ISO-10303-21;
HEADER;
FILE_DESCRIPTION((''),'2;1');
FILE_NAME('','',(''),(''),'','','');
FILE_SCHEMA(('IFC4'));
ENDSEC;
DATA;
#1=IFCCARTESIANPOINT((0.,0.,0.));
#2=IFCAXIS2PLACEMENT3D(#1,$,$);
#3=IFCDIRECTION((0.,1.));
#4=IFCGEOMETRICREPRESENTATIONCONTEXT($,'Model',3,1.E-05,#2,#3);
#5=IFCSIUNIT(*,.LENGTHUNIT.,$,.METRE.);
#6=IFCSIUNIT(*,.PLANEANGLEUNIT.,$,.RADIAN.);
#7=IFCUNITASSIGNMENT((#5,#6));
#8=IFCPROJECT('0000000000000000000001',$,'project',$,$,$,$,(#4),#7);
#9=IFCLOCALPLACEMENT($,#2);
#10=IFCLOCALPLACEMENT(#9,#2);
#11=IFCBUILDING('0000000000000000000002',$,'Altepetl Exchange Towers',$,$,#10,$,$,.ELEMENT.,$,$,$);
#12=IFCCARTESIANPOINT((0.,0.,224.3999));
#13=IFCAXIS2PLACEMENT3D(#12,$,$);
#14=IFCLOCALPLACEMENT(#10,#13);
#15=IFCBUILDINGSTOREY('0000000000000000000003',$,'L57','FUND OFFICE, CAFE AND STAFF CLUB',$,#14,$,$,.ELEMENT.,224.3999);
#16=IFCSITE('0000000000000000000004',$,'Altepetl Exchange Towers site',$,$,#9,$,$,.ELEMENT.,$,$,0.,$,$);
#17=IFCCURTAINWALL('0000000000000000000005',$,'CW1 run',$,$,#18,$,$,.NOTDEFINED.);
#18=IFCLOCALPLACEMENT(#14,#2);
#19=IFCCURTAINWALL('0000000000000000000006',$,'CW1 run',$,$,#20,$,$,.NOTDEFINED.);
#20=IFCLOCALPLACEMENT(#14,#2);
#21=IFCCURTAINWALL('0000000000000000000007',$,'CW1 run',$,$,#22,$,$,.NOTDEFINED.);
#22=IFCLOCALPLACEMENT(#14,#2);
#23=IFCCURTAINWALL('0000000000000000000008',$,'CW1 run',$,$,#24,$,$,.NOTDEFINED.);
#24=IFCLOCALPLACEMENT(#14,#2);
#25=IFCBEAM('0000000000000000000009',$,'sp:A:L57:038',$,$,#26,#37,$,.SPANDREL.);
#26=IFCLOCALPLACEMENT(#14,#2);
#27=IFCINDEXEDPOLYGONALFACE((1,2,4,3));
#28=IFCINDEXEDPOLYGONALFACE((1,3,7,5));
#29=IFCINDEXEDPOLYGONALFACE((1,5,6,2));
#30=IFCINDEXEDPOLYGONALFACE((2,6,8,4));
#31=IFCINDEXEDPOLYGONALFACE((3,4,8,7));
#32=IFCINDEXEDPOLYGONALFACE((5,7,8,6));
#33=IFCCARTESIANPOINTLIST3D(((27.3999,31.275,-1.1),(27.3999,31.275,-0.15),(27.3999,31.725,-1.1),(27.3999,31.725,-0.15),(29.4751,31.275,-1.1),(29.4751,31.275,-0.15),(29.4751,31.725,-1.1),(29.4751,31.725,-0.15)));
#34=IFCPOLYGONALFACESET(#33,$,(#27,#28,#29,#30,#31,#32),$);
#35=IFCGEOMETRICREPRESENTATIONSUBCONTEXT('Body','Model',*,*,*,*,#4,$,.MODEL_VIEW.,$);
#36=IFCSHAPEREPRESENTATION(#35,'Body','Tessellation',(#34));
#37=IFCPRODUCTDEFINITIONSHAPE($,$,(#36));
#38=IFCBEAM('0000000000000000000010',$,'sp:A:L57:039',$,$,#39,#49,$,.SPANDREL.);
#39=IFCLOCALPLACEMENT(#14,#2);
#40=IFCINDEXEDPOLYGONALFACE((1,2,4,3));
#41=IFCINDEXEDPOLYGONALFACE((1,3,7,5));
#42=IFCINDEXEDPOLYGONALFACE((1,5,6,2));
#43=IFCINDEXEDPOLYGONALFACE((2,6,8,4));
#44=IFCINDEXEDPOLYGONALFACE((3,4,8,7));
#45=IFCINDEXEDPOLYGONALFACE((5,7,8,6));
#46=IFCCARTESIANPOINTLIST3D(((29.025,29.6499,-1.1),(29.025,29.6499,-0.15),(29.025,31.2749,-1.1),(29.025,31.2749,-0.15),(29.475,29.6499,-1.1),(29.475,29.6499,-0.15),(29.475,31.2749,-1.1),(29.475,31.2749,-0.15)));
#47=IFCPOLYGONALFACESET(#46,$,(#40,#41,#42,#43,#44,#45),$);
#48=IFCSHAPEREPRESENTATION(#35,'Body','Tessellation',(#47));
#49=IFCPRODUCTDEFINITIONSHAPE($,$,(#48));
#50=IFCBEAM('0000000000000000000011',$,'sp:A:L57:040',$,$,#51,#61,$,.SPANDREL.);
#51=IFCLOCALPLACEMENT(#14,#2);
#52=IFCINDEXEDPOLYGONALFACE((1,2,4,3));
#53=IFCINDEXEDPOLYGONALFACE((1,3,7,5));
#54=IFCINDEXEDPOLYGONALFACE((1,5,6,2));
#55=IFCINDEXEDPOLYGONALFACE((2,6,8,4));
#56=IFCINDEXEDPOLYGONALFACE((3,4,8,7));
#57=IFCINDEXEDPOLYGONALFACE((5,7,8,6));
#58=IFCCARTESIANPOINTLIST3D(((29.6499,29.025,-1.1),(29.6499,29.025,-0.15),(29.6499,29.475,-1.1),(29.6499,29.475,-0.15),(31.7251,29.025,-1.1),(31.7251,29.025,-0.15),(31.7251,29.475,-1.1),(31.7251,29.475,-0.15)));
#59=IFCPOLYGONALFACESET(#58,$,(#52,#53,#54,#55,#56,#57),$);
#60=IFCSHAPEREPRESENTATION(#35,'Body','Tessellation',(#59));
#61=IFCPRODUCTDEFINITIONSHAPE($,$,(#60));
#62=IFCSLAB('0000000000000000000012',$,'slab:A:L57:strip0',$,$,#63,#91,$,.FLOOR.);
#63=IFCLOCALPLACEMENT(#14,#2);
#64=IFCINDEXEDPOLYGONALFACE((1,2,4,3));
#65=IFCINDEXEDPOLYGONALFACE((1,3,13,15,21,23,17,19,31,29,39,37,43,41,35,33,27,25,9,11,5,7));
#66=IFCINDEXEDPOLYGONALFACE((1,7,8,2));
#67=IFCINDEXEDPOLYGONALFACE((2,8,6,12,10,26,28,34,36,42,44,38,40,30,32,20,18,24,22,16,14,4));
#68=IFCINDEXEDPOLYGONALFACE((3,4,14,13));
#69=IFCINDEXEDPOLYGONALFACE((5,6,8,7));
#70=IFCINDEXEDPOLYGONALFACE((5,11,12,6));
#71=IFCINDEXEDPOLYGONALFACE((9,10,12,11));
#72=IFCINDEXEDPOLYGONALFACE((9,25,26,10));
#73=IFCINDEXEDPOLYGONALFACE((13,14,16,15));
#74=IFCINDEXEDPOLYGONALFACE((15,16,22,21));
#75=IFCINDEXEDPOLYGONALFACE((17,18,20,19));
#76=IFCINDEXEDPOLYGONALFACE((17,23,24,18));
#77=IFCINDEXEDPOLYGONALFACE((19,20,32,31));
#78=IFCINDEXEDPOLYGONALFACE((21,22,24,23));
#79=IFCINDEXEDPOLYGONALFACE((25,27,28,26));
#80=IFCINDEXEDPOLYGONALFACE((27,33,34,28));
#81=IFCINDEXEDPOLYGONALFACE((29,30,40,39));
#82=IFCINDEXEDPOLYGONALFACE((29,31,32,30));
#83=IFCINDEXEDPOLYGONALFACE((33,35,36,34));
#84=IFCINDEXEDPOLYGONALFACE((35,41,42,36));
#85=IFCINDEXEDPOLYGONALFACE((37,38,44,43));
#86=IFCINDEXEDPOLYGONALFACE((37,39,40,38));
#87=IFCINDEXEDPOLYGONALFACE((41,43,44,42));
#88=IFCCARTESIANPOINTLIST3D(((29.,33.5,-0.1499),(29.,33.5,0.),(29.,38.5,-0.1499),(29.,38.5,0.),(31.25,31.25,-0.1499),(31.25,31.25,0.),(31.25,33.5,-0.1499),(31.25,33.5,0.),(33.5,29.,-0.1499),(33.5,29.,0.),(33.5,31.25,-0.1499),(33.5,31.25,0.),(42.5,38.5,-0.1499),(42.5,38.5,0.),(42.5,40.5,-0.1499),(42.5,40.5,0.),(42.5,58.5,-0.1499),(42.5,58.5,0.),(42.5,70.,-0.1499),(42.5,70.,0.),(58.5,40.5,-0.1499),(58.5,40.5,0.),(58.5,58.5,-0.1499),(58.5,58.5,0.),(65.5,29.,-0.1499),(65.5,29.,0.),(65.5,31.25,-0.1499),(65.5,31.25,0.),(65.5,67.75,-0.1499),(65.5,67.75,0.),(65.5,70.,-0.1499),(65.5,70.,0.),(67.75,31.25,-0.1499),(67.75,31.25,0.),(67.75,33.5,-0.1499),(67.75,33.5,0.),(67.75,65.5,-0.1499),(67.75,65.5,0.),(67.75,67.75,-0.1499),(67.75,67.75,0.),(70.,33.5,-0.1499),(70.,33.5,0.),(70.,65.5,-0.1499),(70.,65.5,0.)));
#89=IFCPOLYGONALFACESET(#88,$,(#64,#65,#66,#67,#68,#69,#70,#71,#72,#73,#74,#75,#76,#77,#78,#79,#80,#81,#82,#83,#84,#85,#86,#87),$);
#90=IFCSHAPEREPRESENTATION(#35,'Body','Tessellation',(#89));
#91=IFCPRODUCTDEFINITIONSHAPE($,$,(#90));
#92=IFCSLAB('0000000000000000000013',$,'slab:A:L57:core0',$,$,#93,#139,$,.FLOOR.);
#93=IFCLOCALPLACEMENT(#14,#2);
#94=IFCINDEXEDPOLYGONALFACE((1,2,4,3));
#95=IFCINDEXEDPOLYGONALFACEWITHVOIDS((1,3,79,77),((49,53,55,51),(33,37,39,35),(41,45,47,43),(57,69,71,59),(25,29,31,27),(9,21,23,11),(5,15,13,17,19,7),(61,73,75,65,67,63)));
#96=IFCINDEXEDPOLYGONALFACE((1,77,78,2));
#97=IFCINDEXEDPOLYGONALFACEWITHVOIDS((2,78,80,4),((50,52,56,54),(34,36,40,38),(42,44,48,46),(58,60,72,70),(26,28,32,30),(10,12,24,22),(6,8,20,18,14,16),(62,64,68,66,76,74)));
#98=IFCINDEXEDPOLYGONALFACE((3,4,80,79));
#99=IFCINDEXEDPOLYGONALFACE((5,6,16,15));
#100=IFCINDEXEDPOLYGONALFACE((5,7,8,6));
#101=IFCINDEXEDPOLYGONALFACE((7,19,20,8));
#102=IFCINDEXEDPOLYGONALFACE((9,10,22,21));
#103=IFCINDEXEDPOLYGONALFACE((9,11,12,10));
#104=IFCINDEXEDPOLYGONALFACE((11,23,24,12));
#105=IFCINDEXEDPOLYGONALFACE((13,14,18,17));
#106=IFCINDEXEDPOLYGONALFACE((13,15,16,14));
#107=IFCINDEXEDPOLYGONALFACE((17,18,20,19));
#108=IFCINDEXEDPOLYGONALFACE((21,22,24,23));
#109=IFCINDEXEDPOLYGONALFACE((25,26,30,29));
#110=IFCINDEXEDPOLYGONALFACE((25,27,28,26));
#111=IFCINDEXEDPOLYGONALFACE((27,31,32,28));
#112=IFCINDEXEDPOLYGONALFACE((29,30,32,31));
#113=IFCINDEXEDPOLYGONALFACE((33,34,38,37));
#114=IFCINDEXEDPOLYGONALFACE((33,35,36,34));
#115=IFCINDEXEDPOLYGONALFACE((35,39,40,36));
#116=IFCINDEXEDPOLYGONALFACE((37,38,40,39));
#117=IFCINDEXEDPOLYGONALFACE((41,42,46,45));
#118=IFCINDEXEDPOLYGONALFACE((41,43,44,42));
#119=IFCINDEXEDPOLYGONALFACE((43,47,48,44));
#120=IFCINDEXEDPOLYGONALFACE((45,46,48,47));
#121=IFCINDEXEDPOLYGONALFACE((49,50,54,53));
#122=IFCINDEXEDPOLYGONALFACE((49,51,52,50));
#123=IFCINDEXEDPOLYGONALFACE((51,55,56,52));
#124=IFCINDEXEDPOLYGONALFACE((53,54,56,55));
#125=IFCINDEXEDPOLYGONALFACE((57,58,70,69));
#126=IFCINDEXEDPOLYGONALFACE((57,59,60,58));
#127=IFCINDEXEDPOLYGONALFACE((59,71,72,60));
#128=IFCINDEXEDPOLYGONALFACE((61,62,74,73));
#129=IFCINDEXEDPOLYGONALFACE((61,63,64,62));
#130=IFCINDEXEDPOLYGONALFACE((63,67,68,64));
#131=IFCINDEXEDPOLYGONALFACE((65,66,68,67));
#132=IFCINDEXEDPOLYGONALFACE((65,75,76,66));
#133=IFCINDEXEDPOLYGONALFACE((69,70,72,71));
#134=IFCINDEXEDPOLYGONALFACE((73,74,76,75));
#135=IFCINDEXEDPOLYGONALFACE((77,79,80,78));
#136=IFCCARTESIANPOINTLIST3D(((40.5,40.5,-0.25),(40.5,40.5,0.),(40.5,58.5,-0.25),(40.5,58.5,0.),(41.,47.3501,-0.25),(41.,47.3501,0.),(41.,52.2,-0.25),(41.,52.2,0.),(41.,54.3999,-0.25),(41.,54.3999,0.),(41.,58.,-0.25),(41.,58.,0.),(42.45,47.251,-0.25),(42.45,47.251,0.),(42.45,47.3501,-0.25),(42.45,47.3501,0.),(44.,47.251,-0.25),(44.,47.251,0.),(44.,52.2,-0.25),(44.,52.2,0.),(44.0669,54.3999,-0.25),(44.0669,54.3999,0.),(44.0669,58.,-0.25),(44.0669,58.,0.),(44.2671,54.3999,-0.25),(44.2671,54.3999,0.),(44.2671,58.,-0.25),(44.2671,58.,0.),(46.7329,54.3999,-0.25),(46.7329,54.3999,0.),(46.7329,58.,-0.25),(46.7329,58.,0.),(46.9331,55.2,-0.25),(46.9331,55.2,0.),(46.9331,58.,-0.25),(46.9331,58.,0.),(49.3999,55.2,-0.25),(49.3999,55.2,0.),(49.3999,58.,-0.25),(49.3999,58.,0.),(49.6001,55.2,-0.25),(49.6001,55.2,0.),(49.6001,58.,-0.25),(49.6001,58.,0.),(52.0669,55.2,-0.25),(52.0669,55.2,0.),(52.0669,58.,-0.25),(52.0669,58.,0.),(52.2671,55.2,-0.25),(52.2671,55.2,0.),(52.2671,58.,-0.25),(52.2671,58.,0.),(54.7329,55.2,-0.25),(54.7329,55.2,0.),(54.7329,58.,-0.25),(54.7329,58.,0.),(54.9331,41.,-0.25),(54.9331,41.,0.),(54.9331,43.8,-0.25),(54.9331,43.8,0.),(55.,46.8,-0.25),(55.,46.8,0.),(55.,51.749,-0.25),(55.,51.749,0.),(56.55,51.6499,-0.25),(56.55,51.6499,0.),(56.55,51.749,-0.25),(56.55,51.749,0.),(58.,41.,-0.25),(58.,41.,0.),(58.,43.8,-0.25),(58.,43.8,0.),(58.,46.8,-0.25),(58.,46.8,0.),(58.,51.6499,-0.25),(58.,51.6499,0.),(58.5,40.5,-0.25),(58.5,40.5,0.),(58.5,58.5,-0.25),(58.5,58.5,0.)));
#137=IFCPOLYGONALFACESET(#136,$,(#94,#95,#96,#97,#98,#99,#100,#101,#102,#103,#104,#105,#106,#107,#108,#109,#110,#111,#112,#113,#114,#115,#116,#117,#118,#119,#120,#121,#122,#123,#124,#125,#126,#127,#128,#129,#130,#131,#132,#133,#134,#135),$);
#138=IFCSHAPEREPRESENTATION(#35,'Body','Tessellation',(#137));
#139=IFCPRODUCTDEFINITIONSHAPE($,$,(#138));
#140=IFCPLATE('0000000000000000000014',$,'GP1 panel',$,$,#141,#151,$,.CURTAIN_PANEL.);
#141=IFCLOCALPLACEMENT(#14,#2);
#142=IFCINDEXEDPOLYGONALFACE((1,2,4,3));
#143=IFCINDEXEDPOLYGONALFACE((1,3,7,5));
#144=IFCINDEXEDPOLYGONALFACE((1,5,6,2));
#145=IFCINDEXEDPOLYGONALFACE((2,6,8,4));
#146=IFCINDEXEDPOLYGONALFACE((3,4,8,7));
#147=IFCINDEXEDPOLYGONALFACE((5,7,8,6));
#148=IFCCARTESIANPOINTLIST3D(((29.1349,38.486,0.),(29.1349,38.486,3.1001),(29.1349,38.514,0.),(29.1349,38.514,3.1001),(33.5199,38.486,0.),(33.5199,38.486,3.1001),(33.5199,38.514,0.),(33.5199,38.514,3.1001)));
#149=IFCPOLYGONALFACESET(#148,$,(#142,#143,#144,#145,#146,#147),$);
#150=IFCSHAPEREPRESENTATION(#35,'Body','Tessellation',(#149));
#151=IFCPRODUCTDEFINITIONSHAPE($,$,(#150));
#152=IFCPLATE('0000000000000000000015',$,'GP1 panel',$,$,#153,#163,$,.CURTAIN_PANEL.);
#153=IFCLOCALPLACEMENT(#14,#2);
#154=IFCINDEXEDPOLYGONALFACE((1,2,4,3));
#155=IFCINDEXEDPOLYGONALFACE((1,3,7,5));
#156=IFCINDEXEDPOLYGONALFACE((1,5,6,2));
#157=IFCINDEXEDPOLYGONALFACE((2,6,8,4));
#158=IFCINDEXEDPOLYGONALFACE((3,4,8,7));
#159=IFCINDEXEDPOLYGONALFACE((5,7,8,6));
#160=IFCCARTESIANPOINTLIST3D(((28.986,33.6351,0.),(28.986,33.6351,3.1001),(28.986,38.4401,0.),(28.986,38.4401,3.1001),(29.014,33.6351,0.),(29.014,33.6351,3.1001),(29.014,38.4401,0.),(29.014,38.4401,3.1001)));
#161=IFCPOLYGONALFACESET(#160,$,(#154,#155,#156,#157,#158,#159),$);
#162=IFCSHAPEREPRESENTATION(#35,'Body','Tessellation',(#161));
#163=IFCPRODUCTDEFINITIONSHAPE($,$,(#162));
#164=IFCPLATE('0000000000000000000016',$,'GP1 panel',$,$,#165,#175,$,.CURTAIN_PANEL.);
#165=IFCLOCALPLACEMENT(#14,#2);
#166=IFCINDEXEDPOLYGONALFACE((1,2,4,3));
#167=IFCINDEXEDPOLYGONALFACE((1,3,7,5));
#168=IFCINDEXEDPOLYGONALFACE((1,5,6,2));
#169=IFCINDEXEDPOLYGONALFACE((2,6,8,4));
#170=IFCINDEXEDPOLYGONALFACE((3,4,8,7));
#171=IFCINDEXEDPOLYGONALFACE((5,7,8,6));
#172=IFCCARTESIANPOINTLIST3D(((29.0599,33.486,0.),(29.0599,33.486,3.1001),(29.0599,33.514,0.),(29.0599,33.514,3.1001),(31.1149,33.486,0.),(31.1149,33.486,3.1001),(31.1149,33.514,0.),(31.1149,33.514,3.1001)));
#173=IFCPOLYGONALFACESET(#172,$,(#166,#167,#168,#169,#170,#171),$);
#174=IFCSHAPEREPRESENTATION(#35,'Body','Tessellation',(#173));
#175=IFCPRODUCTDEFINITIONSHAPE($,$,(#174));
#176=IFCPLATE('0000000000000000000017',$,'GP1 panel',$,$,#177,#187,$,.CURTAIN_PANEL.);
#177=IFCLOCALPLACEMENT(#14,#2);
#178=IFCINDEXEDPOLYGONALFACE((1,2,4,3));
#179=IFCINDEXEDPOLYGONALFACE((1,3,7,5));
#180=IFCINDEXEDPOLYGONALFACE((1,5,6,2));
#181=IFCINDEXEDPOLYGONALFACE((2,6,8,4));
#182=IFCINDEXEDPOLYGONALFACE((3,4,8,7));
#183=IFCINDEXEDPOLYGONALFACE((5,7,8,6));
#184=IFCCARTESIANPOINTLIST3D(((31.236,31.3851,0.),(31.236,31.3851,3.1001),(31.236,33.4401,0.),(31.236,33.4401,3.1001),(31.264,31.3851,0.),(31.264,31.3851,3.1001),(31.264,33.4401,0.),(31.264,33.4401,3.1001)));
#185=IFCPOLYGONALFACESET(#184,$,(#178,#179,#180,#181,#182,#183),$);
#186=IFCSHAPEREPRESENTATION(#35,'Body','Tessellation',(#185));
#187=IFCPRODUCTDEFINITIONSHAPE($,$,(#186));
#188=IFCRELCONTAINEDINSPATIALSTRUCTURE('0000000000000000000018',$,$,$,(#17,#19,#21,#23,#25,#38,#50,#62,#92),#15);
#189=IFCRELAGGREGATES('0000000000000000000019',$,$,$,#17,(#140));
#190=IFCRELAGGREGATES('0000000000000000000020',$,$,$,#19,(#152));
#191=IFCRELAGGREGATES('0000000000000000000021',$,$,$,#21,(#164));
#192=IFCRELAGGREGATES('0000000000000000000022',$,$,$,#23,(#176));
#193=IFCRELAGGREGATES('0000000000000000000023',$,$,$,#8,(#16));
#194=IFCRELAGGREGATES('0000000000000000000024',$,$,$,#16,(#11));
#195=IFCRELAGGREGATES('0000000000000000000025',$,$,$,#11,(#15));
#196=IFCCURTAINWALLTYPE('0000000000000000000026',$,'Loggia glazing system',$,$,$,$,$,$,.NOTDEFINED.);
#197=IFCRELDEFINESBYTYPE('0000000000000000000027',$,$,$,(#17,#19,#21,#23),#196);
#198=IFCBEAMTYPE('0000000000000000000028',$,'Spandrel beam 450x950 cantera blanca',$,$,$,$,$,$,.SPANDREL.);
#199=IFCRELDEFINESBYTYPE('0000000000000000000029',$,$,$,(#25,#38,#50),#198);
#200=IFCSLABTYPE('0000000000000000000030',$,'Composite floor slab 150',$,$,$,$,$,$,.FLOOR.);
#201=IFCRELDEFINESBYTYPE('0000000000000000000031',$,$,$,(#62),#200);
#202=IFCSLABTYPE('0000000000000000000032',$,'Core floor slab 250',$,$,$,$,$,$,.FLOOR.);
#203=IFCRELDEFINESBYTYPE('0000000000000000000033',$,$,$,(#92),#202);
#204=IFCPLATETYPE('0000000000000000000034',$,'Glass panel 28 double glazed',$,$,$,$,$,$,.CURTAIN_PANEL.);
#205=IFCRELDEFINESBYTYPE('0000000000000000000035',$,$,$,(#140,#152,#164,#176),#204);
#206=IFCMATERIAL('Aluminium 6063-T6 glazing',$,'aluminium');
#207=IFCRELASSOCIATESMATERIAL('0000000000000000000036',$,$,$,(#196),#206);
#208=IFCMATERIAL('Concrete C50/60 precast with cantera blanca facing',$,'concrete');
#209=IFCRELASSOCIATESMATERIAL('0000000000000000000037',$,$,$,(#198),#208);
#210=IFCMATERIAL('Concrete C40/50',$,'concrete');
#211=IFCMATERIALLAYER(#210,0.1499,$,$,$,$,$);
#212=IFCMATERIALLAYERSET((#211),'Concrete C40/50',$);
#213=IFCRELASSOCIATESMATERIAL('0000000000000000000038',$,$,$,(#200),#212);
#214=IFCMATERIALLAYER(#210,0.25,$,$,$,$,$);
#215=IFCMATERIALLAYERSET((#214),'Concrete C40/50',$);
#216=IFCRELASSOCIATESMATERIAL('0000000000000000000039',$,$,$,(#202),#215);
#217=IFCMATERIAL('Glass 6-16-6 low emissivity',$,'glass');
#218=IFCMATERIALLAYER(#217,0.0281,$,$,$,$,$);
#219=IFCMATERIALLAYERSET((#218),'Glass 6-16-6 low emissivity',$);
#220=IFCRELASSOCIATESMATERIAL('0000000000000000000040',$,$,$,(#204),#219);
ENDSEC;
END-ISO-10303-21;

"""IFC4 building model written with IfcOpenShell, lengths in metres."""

from ifc_helpers import new_model, si_unit, direction, frame, origin, origin_2d, place, context, subcontext, project, spatial, polyline, rectangle, outline, extrude, material, layer, layer_set, material_profile, profile_set, type_object, element, aggregate, save


model = new_model("IFC4")

# Units and contexts
model_context = context("Model", 3, precision=1e-05, world=origin(), true_north=direction((0.0, 1.0)))
body_context = subcontext(model_context, "Body", "Model", "MODEL_VIEW")
ifc_project = project(units=[si_unit("LENGTHUNIT", "METRE"), si_unit("PLANEANGLEUNIT", "RADIAN")], contexts=[model_context])

# Site, building, storey
site_placement = place(None, origin())
site = spatial("IfcSite", under=ifc_project, at=site_placement, Name="Altepetl Exchange Towers site", CompositionType="ELEMENT", RefElevation=0.0)
building_placement = place(site_placement, origin())
building = spatial("IfcBuilding", under=site, at=building_placement, Name="Altepetl Exchange Towers", CompositionType="ELEMENT")
storey_placement = place(building_placement, frame((0.0, 0.0, 224.3999)))
storey = spatial("IfcBuildingStorey", under=building, at=storey_placement, Name="L57", Description="FUND OFFICE, CAFE AND STAFF CLUB", CompositionType="ELEMENT", Elevation=224.3999)

# Curtain wall
ifc_material_1 = material(Name="Aluminium 6063-T6 glazing", Category="aluminium")
curtain_wall_type = type_object("IfcCurtainWallType", Name="Loggia glazing system", PredefinedType="NOTDEFINED", material=ifc_material_1)
curtain_wall_1_placement = place(storey_placement, origin())
curtain_wall_1 = element("IfcCurtainWall", 1, at=curtain_wall_1_placement, inside=storey, type_object=curtain_wall_type, Name="CW1 run", PredefinedType="NOTDEFINED")

# Curtain walls
curtain_wall_2_placement = place(storey_placement, origin())
curtain_wall_2 = element("IfcCurtainWall", 2, at=curtain_wall_2_placement, inside=storey, type_object=curtain_wall_type, Name="CW1 run", PredefinedType="NOTDEFINED")
curtain_wall_3_placement = place(storey_placement, origin())
curtain_wall_3 = element("IfcCurtainWall", 3, at=curtain_wall_3_placement, inside=storey, type_object=curtain_wall_type, Name="CW1 run", PredefinedType="NOTDEFINED")
curtain_wall_4_placement = place(storey_placement, origin())
curtain_wall_4 = element("IfcCurtainWall", 4, at=curtain_wall_4_placement, inside=storey, type_object=curtain_wall_type, Name="CW1 run", PredefinedType="NOTDEFINED")

# Beams
ifc_material_2 = material(Name="Concrete C50/60 precast with cantera blanca facing", Category="concrete")
ifc_material_profile_1 = material_profile(ifc_material_2, rectangle(XDim=0.45, YDim=0.95, at=origin_2d()), Name="450 x 950")
ifc_profile_set_1 = profile_set([ifc_material_profile_1], Name="Concrete C50/60 precast with cantera blanca facing")
beam_type = type_object("IfcBeamType", Name="Spandrel beam 450x950 cantera blanca", PredefinedType="SPANDREL", material=ifc_profile_set_1)
beam_1_placement = place(storey_placement, frame((27.3999, 31.5, -0.625), z_axis=(1.0, 0.0, 0.0), x_axis=(0.0, 1.0, 0.0)))
element("IfcBeam", 5, at=beam_1_placement, inside=storey, type_object=beam_type, Name="sp:A:L57:038", PredefinedType="SPANDREL", context=body_context, shape_type="SweptSolid", body=[
    extrude(rectangle(XDim=0.45, YDim=0.95, at=origin_2d()), origin(), (0.0, 0.0, 1.0), 2.0752),
])
beam_2_placement = place(storey_placement, frame((29.25, 31.2749, -0.625), z_axis=(0.0, -1.0, 0.0), x_axis=(1.0, 0.0, 0.0)))
element("IfcBeam", 6, at=beam_2_placement, inside=storey, type_object=beam_type, Name="sp:A:L57:039", PredefinedType="SPANDREL", context=body_context, shape_type="SweptSolid", body=[
    extrude(rectangle(XDim=0.45, YDim=0.95, at=origin_2d()), origin(), (0.0, 0.0, 1.0), 1.625),
])
beam_3_placement = place(storey_placement, frame((29.6499, 29.25, -0.625), z_axis=(1.0, 0.0, 0.0), x_axis=(0.0, 1.0, 0.0)))
element("IfcBeam", 7, at=beam_3_placement, inside=storey, type_object=beam_type, Name="sp:A:L57:040", PredefinedType="SPANDREL", context=body_context, shape_type="SweptSolid", body=[
    extrude(rectangle(XDim=0.45, YDim=0.95, at=origin_2d()), origin(), (0.0, 0.0, 1.0), 2.0752),
])

# Slabs
ifc_material_3 = material(Name="Concrete C40/50", Category="concrete")
ifc_layer_1 = layer(ifc_material_3, 0.1499)
ifc_layer_set_1 = layer_set([ifc_layer_1], Name="Concrete C40/50")
slab_type_1 = type_object("IfcSlabType", Name="Composite floor slab 150", PredefinedType="FLOOR", material=ifc_layer_set_1)
slab_1_placement = place(storey_placement, frame((0.0, 0.0, -0.1499)))
element("IfcSlab", 8, at=slab_1_placement, inside=storey, type_object=slab_type_1, Name="slab:A:L57:strip0", PredefinedType="FLOOR", context=body_context, shape_type="SweptSolid", body=[
    extrude(outline(polyline([(42.5, 70.0), (42.5, 58.5), (58.5, 58.5), (58.5, 40.5), (42.5, 40.5), (42.5, 38.5), (29.0, 38.5), (29.0, 33.5), (31.25, 33.5), (31.25, 31.25), (33.5, 31.25), (33.5, 29.0), (65.5, 29.0), (65.5, 31.25), (67.75, 31.25), (67.75, 33.5), (70.0, 33.5), (70.0, 65.5), (67.75, 65.5), (67.75, 67.75), (65.5, 67.75), (65.5, 70.0), (42.5, 70.0)])), origin(), (0.0, 0.0, 1.0), 0.1499),
])
ifc_layer_2 = layer(ifc_material_3, 0.25)
ifc_layer_set_2 = layer_set([ifc_layer_2], Name="Concrete C40/50")
slab_type_2 = type_object("IfcSlabType", Name="Core floor slab 250", PredefinedType="FLOOR", material=ifc_layer_set_2)
slab_2_placement = place(storey_placement, frame((0.0, 0.0, -0.25)))
element("IfcSlab", 9, at=slab_2_placement, inside=storey, type_object=slab_type_2, Name="slab:A:L57:core0", PredefinedType="FLOOR", context=body_context, shape_type="SweptSolid", body=[
    extrude(outline(polyline([(40.5, 40.5), (58.5, 40.5), (58.5, 58.5), (40.5, 58.5), (40.5, 40.5)]), holes=[polyline([(54.9331, 43.8), (58.0, 43.8), (58.0, 41.0), (54.9331, 41.0), (54.9331, 43.8)]), polyline([(55.0, 51.749), (56.55, 51.749), (56.55, 51.6499), (58.0, 51.6499), (58.0, 46.8), (55.0, 46.8), (55.0, 51.749)]), polyline([(44.0, 47.251), (42.45, 47.251), (42.45, 47.3501), (41.0, 47.3501), (41.0, 52.2), (44.0, 52.2), (44.0, 47.251)]), polyline([(41.0, 58.0), (44.0669, 58.0), (44.0669, 54.3999), (41.0, 54.3999), (41.0, 58.0)]), polyline([(44.2671, 58.0), (46.7329, 58.0), (46.7329, 54.3999), (44.2671, 54.3999), (44.2671, 58.0)]), polyline([(46.9331, 58.0), (49.3999, 58.0), (49.3999, 55.2), (46.9331, 55.2), (46.9331, 58.0)]), polyline([(49.6001, 58.0), (52.0669, 58.0), (52.0669, 55.2), (49.6001, 55.2), (49.6001, 58.0)]), polyline([(52.2671, 58.0), (54.7329, 58.0), (54.7329, 55.2), (52.2671, 55.2), (52.2671, 58.0)])]), origin(), (0.0, 0.0, 1.0), 0.25),
])

# Plates
ifc_material_4 = material(Name="Glass 6-16-6 low emissivity", Category="glass")
ifc_layer_3 = layer(ifc_material_4, 0.0281)
ifc_layer_set_3 = layer_set([ifc_layer_3], Name="Glass 6-16-6 low emissivity")
plate_type = type_object("IfcPlateType", Name="Glass panel 28 double glazed", PredefinedType="CURTAIN_PANEL", material=ifc_layer_set_3)
plate_1_placement = place(storey_placement, frame((31.3274, 38.5, 0.0), z_axis=(0.0, 0.0, 1.0), x_axis=(-1.0, 0.0, 0.0)))
plate_1 = element("IfcPlate", 10, at=plate_1_placement, type_object=plate_type, Name="GP1 panel", PredefinedType="CURTAIN_PANEL", context=body_context, shape_type="SweptSolid", body=[
    extrude(rectangle(XDim=4.385, YDim=0.0281, at=origin_2d()), origin(), (0.0, 0.0, 1.0), 3.1001),
])
aggregate(curtain_wall_1, [plate_1])
plate_2_placement = place(storey_placement, frame((29.0, 36.0376, 0.0), z_axis=(0.0, 0.0, 1.0), x_axis=(0.0, -1.0, 0.0)))
plate_2 = element("IfcPlate", 11, at=plate_2_placement, type_object=plate_type, Name="GP1 panel", PredefinedType="CURTAIN_PANEL", context=body_context, shape_type="SweptSolid", body=[
    extrude(rectangle(XDim=4.8049, YDim=0.0281, at=origin_2d()), origin(), (0.0, 0.0, 1.0), 3.1001),
])
aggregate(curtain_wall_2, [plate_2])
plate_3_placement = place(storey_placement, frame((30.0874, 33.5, 0.0)))
plate_3 = element("IfcPlate", 12, at=plate_3_placement, type_object=plate_type, Name="GP1 panel", PredefinedType="CURTAIN_PANEL", context=body_context, shape_type="SweptSolid", body=[
    extrude(rectangle(XDim=2.0549, YDim=0.0281, at=origin_2d()), origin(), (0.0, 0.0, 1.0), 3.1001),
])
aggregate(curtain_wall_3, [plate_3])
plate_4_placement = place(storey_placement, frame((31.25, 32.4126, 0.0), z_axis=(0.0, 0.0, 1.0), x_axis=(0.0, -1.0, 0.0)))
plate_4 = element("IfcPlate", 13, at=plate_4_placement, type_object=plate_type, Name="GP1 panel", PredefinedType="CURTAIN_PANEL", context=body_context, shape_type="SweptSolid", body=[
    extrude(rectangle(XDim=2.0549, YDim=0.0281, at=origin_2d()), origin(), (0.0, 0.0, 1.0), 3.1001),
])
aggregate(curtain_wall_4, [plate_4])

save(model, "model.ifc")
